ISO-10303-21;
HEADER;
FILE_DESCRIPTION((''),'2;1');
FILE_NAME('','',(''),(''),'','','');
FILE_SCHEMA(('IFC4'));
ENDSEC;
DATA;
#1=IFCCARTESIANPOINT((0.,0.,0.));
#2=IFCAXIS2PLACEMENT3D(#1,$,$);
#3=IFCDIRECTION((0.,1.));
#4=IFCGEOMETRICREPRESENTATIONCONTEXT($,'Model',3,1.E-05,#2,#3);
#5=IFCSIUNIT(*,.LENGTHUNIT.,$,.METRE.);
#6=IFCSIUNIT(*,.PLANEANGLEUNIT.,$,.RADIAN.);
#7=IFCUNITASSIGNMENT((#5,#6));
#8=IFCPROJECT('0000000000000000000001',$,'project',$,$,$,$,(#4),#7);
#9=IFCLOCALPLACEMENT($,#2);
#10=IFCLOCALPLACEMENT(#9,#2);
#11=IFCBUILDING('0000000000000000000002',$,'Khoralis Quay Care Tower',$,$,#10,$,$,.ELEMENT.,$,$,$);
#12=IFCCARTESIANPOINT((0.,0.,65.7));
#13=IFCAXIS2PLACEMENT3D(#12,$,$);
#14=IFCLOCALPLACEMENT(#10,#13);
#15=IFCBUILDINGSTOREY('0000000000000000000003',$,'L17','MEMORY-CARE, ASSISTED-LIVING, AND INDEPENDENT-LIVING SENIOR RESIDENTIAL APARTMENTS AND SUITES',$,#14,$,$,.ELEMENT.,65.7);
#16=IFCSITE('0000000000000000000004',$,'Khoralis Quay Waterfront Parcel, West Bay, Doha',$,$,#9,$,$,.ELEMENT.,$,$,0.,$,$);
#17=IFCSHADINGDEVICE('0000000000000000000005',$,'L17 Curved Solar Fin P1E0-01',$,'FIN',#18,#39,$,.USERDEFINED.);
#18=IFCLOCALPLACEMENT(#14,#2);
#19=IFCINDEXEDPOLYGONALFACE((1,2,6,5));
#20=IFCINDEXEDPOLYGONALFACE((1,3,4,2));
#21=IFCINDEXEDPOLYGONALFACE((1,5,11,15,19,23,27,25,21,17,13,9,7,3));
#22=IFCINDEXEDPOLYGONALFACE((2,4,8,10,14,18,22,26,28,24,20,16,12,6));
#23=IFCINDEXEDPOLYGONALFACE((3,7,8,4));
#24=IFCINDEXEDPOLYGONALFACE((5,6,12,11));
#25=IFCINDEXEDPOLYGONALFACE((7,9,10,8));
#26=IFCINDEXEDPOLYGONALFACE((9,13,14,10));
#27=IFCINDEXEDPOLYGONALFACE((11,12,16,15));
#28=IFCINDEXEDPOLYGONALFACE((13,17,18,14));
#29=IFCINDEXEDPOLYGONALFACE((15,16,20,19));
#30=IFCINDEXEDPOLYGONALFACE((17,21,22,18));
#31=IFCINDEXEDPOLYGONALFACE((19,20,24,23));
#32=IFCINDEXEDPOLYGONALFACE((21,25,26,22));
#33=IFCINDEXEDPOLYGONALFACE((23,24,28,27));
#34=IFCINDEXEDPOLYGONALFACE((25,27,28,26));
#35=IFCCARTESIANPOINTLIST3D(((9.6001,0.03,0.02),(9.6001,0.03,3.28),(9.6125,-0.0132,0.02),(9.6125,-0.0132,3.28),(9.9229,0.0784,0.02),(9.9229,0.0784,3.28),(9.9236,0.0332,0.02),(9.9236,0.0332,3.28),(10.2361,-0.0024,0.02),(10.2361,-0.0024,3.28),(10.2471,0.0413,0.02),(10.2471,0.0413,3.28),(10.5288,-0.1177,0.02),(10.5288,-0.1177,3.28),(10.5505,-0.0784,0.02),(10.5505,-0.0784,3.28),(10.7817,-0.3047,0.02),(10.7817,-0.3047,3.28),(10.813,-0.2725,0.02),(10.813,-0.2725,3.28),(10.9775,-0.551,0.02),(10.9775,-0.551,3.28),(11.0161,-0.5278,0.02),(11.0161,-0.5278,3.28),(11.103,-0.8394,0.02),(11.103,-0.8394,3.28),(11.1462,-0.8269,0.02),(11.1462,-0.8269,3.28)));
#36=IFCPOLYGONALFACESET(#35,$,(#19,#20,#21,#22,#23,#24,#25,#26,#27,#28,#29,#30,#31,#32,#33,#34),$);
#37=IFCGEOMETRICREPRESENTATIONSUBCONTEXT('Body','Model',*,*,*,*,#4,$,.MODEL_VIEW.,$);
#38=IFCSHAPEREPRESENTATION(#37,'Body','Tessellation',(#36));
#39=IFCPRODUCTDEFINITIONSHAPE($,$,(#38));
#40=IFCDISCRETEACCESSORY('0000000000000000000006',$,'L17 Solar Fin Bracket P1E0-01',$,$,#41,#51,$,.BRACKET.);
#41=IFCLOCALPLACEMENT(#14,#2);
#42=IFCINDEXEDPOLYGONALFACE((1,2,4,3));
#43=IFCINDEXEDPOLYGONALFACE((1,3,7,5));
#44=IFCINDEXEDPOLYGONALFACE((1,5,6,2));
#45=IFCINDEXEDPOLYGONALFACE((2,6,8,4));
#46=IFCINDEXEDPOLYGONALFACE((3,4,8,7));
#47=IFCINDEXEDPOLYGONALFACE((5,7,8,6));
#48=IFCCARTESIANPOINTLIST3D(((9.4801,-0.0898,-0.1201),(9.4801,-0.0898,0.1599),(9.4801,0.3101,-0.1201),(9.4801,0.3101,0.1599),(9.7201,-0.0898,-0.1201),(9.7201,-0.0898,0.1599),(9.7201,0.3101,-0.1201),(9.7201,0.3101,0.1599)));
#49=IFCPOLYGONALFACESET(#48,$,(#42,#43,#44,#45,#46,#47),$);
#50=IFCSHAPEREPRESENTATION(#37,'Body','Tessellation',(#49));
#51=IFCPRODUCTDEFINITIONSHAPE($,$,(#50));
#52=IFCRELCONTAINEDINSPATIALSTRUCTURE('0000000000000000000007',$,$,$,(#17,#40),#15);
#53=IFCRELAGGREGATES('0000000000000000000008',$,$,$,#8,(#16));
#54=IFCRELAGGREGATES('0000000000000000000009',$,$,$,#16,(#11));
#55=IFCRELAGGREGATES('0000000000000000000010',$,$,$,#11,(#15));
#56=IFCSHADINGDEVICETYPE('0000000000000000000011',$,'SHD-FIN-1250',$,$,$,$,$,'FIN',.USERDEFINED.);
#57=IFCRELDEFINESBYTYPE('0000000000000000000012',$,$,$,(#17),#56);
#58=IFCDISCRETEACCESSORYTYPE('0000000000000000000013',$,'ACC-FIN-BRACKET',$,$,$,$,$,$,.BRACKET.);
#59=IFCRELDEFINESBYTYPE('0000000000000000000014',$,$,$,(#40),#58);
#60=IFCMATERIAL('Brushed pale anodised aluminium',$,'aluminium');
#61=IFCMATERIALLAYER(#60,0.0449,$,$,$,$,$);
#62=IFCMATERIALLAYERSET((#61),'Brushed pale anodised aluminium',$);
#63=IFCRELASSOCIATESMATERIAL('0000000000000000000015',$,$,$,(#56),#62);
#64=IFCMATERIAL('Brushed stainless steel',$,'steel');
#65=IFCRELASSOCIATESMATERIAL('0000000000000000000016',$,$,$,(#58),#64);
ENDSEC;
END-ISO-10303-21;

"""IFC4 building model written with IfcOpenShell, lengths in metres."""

from ifc_helpers import new_model, si_unit, direction, frame, origin, origin_2d, place, context, subcontext, project, spatial, polyline, rectangle, outline, extrude, source, transform, mapped, material, layer, layer_set, type_object, element, save


model = new_model("IFC4")

# Units and contexts
model_context = context("Model", 3, precision=1e-05, world=origin(), true_north=direction((0.0, 1.0)))
body_context = subcontext(model_context, "Body", "Model", "MODEL_VIEW")
ifc_project = project(units=[si_unit("LENGTHUNIT", "METRE"), si_unit("PLANEANGLEUNIT", "RADIAN")], contexts=[model_context])

# Site, building, storey
site_placement = place(None, origin())
site = spatial("IfcSite", under=ifc_project, at=site_placement, Name="Khoralis Quay Waterfront Parcel, West Bay, Doha", CompositionType="ELEMENT", RefElevation=0.0)
building_placement = place(site_placement, origin())
building = spatial("IfcBuilding", under=site, at=building_placement, Name="Khoralis Quay Care Tower", CompositionType="ELEMENT")
storey_placement = place(building_placement, frame((0.0, 0.0, 65.7)))
storey = spatial("IfcBuildingStorey", under=building, at=storey_placement, Name="L17", Description="MEMORY-CARE, ASSISTED-LIVING, AND INDEPENDENT-LIVING SENIOR RESIDENTIAL APARTMENTS AND SUITES", CompositionType="ELEMENT", Elevation=65.7)

# Shading device
ifc_material_1 = material(Name="Brushed pale anodised aluminium", Category="aluminium")
ifc_layer_1 = layer(ifc_material_1, 0.0449)
ifc_layer_set_1 = layer_set([ifc_layer_1], Name="Brushed pale anodised aluminium")
shading_device_type = type_object("IfcShadingDeviceType", Name="SHD-FIN-1250", ElementType="FIN", PredefinedType="USERDEFINED", material=ifc_layer_set_1)
shared_shape_1 = source(origin(), body_context, "Body", "SweptSolid", [
    extrude(outline(polyline([(0.0, 0.0), (-0.0483, 0.3228), (-0.0112, 0.647), (0.1084, 0.9504), (0.3025, 1.2129), (0.5579, 1.416), (0.8569, 1.5461), (0.8694, 1.5029), (0.5811, 1.3774), (0.3347, 1.1816), (0.1477, 0.9287), (0.0325, 0.636), (-0.0032, 0.3235), (0.0432, 0.0125), (0.0, 0.0)])), origin(), (0.0, 0.0, 1.0), 3.26),
])
shading_device_placement = place(storey_placement, frame((9.6001, 0.03, 0.02), z_axis=(0.0, 0.0, 1.0), x_axis=(0.0, -1.0, 0.0)))
element("IfcShadingDevice", 1, at=shading_device_placement, inside=storey, type_object=shading_device_type, Name="L17 Curved Solar Fin P1E0-01", ObjectType="FIN", PredefinedType="USERDEFINED", context=body_context, shape_type="MappedRepresentation", body=[
    mapped(shared_shape_1, transform((0.0, 0.0, 0.0), scale=1.0)),
])

# Discrete accessory
ifc_material_2 = material(Name="Brushed stainless steel", Category="steel")
discrete_accessory_type = type_object("IfcDiscreteAccessoryType", Name="ACC-FIN-BRACKET", PredefinedType="BRACKET", material=ifc_material_2)
shared_shape_2 = source(origin(), body_context, "Body", "SweptSolid", [
    extrude(rectangle(XDim=0.3999, YDim=0.24, at=origin_2d()), origin(), (0.0, 0.0, 1.0), 0.28),
])
discrete_accessory_placement = place(storey_placement, frame((9.6001, 0.1101, -0.1201), z_axis=(0.0, 0.0, 1.0), x_axis=(0.0, -1.0, 0.0)))
element("IfcDiscreteAccessory", 2, at=discrete_accessory_placement, inside=storey, type_object=discrete_accessory_type, Name="L17 Solar Fin Bracket P1E0-01", PredefinedType="BRACKET", context=body_context, shape_type="MappedRepresentation", body=[
    mapped(shared_shape_2, transform((0.0, 0.0, 0.0), scale=1.0)),
])

save(model, "model.ifc")
